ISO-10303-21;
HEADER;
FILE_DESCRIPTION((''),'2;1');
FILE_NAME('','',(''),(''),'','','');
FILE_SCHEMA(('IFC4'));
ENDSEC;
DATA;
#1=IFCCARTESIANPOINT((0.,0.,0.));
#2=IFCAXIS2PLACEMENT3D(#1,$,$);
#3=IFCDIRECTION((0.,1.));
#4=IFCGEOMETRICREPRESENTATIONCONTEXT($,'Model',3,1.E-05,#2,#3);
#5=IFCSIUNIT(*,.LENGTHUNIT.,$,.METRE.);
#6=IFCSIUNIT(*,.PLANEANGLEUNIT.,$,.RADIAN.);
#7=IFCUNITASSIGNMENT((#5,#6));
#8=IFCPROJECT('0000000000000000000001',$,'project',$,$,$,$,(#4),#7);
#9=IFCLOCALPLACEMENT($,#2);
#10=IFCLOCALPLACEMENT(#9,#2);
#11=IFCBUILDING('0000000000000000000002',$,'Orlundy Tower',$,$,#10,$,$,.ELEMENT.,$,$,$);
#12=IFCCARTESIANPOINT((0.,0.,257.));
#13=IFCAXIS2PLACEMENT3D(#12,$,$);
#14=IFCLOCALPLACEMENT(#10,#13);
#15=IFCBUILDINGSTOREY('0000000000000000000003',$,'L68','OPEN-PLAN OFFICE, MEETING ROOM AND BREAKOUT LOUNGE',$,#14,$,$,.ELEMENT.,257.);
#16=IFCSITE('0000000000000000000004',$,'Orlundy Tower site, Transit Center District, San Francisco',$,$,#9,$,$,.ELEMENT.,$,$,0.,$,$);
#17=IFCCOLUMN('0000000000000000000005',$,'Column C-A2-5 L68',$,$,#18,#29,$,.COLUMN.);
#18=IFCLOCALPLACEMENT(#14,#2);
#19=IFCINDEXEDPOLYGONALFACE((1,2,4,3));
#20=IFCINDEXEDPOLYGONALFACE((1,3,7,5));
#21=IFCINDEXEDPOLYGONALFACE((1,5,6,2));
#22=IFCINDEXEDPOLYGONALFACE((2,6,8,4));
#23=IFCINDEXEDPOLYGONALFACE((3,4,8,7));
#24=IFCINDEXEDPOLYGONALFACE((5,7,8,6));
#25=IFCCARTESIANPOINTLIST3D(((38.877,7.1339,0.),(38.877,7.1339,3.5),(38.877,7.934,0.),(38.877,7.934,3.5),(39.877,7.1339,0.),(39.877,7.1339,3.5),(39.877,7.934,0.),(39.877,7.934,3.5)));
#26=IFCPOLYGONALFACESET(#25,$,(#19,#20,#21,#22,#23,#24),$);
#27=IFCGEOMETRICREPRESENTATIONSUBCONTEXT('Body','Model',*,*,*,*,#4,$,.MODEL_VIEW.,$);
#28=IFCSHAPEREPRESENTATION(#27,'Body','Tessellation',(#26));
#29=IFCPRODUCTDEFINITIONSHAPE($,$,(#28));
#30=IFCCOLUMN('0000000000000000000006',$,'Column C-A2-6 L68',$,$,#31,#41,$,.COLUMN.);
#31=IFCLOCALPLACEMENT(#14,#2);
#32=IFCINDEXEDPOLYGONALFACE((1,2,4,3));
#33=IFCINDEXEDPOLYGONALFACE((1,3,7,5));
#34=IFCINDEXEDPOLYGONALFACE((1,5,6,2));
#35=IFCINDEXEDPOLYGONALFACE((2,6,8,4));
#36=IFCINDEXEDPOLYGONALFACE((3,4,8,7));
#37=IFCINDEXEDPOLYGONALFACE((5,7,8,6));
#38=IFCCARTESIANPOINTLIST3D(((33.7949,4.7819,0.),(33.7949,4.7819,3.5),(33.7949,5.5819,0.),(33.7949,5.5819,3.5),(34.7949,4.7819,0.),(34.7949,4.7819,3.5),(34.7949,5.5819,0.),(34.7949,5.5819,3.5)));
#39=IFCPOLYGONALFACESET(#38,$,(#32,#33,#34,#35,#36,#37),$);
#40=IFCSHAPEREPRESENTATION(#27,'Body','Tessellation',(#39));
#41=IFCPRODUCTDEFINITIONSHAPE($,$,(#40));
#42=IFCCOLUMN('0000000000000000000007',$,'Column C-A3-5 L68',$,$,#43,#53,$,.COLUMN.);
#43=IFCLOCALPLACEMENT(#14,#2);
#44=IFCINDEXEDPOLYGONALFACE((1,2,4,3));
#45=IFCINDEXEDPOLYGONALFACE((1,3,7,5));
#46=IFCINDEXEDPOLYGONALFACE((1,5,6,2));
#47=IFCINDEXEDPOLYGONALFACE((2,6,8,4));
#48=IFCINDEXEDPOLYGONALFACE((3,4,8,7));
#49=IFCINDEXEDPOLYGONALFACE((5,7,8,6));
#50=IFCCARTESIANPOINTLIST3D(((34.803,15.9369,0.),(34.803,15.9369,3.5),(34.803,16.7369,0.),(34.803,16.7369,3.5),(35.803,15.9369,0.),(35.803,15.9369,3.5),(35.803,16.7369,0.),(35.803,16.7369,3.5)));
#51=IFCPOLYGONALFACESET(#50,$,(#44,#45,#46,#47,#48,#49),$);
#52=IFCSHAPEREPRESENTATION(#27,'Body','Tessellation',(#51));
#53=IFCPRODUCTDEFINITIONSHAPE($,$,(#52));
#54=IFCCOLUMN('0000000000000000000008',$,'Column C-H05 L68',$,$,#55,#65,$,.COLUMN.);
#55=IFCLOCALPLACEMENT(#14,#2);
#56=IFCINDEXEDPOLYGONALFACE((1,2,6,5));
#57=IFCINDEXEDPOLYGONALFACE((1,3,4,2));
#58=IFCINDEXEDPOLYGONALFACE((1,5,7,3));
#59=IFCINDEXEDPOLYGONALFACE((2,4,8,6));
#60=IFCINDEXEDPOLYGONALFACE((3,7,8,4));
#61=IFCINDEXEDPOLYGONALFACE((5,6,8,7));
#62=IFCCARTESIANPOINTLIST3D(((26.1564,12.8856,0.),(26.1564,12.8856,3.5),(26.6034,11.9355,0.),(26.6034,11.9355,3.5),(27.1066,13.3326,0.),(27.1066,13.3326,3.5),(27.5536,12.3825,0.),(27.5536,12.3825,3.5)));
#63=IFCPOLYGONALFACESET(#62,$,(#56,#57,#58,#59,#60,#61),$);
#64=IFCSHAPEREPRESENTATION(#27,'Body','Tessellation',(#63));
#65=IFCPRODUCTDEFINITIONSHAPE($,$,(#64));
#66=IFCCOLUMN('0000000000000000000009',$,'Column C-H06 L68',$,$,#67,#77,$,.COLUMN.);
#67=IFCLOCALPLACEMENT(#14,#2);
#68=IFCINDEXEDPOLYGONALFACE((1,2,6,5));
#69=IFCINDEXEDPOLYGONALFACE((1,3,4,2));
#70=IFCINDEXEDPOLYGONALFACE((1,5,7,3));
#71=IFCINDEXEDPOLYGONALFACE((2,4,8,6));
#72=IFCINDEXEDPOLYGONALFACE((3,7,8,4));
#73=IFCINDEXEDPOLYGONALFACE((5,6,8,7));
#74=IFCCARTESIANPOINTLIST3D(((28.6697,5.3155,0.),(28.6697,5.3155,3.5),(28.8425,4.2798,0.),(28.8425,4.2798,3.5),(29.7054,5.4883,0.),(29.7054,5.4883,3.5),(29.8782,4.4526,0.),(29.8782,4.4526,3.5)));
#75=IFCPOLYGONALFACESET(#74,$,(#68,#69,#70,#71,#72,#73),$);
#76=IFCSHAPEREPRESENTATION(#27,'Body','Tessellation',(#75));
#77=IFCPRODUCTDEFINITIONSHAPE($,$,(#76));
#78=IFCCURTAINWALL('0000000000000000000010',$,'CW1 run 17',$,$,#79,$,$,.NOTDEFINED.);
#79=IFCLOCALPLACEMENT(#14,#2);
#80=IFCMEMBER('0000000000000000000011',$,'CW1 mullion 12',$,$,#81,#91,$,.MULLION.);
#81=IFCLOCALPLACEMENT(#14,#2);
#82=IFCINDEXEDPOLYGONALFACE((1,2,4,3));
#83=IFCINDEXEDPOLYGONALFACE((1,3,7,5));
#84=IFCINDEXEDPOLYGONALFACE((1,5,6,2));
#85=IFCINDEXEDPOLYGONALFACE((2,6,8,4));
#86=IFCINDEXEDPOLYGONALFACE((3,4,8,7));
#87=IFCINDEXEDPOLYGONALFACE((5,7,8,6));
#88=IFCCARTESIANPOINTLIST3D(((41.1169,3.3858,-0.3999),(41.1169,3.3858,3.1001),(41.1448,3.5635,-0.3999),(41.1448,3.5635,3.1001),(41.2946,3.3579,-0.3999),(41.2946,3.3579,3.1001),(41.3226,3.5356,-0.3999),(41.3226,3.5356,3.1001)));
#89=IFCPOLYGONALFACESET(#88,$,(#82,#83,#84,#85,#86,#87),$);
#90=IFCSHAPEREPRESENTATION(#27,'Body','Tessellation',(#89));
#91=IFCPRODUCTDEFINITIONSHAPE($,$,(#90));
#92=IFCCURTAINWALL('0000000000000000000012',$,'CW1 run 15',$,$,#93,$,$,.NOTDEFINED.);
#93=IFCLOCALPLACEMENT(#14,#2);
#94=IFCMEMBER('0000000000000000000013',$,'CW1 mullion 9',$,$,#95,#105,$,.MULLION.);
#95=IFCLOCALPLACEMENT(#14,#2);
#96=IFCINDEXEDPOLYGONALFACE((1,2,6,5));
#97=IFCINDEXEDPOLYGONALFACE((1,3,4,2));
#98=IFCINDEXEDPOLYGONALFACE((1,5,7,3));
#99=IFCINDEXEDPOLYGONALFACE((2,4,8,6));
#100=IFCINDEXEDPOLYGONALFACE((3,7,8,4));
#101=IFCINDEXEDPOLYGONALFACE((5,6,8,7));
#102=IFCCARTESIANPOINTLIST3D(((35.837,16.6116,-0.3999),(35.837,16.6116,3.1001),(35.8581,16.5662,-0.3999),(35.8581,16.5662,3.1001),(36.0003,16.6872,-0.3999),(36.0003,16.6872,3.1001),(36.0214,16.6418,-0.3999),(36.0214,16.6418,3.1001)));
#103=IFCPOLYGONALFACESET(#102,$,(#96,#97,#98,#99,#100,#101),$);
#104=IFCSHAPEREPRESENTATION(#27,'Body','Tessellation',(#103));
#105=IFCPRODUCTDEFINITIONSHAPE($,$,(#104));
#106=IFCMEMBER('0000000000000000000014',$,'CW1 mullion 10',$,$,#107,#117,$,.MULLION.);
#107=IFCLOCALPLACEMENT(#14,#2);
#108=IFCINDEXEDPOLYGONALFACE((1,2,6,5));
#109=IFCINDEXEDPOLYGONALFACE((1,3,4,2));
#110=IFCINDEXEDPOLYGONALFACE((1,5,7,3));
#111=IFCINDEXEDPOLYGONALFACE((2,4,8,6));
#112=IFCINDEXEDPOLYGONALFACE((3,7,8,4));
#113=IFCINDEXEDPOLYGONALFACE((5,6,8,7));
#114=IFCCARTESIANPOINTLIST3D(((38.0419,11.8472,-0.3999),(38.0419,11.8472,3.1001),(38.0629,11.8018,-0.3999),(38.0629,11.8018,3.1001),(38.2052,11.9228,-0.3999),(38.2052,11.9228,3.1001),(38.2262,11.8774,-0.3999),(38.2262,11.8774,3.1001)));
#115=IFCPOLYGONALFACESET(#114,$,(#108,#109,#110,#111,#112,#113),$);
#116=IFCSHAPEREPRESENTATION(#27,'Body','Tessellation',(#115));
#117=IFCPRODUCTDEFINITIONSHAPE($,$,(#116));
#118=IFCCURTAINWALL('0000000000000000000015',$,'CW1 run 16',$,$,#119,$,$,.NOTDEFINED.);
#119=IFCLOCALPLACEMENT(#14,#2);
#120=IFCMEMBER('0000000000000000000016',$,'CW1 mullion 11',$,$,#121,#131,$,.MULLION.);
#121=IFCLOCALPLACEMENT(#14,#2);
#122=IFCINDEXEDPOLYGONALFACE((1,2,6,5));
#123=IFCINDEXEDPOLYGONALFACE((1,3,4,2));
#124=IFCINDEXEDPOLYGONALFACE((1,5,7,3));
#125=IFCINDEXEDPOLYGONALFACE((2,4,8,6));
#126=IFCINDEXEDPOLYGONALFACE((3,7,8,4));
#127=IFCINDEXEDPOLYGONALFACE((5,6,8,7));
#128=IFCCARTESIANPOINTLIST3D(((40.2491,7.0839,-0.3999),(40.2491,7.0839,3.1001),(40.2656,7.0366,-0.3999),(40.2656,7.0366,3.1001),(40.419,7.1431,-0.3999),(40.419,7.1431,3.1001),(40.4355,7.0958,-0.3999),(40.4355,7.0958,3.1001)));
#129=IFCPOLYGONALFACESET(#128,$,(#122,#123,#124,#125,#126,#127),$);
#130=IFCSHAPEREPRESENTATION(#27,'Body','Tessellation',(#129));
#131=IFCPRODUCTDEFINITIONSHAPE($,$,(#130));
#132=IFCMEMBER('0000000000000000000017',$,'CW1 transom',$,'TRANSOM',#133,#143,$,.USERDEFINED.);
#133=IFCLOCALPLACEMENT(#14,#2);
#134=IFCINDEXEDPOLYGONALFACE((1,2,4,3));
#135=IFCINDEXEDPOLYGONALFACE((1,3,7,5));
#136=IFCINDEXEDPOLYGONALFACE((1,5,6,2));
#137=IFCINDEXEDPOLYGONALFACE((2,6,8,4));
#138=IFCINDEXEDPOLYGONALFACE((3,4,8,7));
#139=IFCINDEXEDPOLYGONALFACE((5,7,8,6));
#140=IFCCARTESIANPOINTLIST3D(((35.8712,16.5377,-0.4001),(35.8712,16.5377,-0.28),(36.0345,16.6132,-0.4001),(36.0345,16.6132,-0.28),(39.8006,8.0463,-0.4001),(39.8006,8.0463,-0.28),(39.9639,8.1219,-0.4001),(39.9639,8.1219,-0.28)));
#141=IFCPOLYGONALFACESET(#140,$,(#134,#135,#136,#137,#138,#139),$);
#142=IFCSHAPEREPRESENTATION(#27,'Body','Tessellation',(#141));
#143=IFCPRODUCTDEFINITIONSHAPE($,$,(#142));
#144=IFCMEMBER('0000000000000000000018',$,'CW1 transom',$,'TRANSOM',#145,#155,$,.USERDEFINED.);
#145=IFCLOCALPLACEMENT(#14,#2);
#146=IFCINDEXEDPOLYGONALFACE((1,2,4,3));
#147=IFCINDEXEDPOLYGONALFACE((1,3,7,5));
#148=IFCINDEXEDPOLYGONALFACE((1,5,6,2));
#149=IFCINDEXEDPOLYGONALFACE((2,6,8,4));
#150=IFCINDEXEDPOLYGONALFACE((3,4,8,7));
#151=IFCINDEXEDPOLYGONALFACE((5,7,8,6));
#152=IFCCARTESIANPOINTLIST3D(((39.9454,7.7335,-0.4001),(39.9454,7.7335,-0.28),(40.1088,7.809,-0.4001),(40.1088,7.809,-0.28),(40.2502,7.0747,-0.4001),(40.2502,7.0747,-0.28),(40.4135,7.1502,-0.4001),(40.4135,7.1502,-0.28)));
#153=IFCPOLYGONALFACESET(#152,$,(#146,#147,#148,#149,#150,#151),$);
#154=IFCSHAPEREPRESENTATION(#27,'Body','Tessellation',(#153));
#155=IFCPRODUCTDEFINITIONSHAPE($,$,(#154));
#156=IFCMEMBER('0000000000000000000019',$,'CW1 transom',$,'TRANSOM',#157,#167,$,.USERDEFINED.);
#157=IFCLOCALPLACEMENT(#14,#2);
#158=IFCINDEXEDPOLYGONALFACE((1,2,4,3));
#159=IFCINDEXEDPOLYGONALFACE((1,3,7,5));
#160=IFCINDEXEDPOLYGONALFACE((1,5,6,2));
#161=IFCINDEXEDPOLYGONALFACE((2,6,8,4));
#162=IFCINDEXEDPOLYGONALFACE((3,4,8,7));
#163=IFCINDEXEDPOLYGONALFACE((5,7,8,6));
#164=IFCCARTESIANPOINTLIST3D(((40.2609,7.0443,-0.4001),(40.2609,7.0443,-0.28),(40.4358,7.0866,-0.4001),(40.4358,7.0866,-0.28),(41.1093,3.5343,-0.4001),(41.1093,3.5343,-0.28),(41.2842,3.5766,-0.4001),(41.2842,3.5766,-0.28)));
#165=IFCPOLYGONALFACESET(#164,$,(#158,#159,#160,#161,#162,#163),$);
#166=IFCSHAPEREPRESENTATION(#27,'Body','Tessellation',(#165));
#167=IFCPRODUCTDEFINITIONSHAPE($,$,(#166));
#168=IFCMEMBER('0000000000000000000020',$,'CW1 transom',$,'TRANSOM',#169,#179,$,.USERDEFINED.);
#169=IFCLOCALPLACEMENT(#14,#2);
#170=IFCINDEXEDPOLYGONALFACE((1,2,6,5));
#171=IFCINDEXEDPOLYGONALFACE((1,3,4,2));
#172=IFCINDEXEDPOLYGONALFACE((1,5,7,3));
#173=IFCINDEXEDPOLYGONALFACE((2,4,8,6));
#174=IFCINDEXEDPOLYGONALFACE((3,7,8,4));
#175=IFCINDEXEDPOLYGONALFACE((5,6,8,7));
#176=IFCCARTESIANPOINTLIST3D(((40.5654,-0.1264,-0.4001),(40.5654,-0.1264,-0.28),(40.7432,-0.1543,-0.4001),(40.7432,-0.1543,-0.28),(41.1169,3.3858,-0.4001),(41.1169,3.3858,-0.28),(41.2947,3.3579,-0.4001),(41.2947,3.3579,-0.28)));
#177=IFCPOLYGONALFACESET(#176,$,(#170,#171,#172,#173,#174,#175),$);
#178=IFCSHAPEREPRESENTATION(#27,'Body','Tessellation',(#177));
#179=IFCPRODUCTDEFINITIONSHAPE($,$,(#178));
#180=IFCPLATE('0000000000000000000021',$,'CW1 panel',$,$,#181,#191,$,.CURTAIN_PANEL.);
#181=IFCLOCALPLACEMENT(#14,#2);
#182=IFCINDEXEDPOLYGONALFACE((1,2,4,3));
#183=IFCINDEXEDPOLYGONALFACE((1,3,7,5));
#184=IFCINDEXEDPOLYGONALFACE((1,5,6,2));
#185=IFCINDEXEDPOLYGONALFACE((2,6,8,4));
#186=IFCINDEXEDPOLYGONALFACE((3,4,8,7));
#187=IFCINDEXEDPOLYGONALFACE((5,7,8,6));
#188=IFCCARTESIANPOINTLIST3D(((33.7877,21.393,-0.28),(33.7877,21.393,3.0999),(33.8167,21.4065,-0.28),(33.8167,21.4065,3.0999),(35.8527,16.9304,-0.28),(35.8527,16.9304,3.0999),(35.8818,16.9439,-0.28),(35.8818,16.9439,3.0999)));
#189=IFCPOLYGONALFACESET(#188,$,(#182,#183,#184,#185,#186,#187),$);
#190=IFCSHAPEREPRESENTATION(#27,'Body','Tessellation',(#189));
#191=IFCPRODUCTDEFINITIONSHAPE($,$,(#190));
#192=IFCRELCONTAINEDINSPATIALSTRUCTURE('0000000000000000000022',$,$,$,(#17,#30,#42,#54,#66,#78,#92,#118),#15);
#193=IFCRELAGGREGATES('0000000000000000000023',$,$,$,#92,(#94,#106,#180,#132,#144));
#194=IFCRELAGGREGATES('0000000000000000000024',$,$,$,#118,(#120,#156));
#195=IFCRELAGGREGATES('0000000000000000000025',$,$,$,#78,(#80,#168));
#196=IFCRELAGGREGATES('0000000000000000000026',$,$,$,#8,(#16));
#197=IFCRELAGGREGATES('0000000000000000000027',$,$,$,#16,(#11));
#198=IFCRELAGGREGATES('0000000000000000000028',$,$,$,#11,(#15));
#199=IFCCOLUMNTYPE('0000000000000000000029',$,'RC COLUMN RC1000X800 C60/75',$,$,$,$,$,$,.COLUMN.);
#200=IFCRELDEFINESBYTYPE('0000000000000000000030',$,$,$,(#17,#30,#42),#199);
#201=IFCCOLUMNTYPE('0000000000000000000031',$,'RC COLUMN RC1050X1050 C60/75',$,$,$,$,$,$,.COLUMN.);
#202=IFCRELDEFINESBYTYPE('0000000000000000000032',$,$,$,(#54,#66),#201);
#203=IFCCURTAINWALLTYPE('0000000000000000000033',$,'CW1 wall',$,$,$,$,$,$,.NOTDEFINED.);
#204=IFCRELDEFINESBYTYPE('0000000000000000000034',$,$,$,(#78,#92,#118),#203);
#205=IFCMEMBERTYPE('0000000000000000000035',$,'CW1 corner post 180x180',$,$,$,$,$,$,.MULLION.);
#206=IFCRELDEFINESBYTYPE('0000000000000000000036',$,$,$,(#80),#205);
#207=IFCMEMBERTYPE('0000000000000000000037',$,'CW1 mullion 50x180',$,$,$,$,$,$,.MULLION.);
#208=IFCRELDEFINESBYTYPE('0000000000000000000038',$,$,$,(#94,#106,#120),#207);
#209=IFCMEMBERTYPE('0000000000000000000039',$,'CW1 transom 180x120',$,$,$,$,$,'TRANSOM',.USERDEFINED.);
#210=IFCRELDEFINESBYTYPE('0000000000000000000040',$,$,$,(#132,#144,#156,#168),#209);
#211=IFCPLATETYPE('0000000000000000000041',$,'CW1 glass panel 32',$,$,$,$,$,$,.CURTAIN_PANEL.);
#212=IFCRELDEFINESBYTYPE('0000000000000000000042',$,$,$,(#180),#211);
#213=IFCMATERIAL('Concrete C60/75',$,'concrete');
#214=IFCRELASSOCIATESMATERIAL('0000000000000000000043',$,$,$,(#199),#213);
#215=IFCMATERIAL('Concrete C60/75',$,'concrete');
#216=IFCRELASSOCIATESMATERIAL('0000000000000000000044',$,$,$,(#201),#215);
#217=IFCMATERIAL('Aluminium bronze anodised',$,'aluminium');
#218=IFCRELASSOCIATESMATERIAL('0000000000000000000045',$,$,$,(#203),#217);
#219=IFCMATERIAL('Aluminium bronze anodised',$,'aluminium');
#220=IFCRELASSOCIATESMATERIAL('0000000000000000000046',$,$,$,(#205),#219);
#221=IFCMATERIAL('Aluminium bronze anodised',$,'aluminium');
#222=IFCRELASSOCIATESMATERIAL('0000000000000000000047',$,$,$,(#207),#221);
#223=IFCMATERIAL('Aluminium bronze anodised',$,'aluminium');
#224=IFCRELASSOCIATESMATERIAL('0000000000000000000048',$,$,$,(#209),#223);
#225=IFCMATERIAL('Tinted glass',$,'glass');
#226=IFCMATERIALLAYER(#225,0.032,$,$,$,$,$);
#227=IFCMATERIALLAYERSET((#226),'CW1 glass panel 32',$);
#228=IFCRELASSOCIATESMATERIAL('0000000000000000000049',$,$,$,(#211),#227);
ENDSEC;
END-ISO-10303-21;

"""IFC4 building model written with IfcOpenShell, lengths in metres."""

from ifc_helpers import new_model, si_unit, direction, frame, origin, origin_2d, place, context, subcontext, project, spatial, rectangle, extrude, material, layer, layer_set, material_profile, profile_set, type_object, element, aggregate, save


model = new_model("IFC4")

# Units and contexts
model_context = context("Model", 3, precision=1e-05, world=origin(), true_north=direction((0.0, 1.0)))
body_context = subcontext(model_context, "Body", "Model", "MODEL_VIEW")
ifc_project = project(units=[si_unit("LENGTHUNIT", "METRE"), si_unit("PLANEANGLEUNIT", "RADIAN")], contexts=[model_context])

# Site, building, storey
site_placement = place(None, origin())
site = spatial("IfcSite", under=ifc_project, at=site_placement, Name="Orlundy Tower site, Transit Center District, San Francisco", CompositionType="ELEMENT", RefElevation=0.0)
building_placement = place(site_placement, origin())
building = spatial("IfcBuilding", under=site, at=building_placement, Name="Orlundy Tower", CompositionType="ELEMENT")
storey_placement = place(building_placement, frame((0.0, 0.0, 257.0)))
storey = spatial("IfcBuildingStorey", under=building, at=storey_placement, Name="L68", Description="OPEN-PLAN OFFICE, MEETING ROOM AND BREAKOUT LOUNGE", CompositionType="ELEMENT", Elevation=257.0)

# Columns
ifc_material_1 = material(Name="Concrete C60/75", Category="concrete")
ifc_material_profile_1 = material_profile(ifc_material_1, rectangle(XDim=1.0, YDim=0.8, at=origin_2d()), Name="RC1000X800")
ifc_profile_set_1 = profile_set([ifc_material_profile_1], Name="Concrete C60/75")
column_type_1 = type_object("IfcColumnType", Name="RC COLUMN RC1000X800 C60/75", PredefinedType="COLUMN", material=ifc_profile_set_1)
for number, where, z_axis, x_axis, name in (
    (1, (39.377, 7.5339, 0.0), (0.0, 0.0, 1.0), (1.0, 0.0, 0.0), "Column C-A2-5 L68"),
    (2, (34.2949, 5.1819, 0.0), (0.0, 0.0, 1.0), (1.0, 0.0, 0.0), "Column C-A2-6 L68"),
    (3, (35.303, 16.3369, 0.0), (0.0, 0.0, 1.0), (1.0, 0.0, 0.0), "Column C-A3-5 L68"),
):
    element("IfcColumn", number, at=place(storey_placement, frame(where, z_axis=z_axis, x_axis=x_axis)), inside=storey, type_object=column_type_1, Name=name, PredefinedType="COLUMN", context=body_context, shape_type="SweptSolid", body=[
        extrude(rectangle(XDim=1.0, YDim=0.8, at=origin_2d()), origin(), (0.0, 0.0, 1.0), 3.5),
    ])
ifc_material_2 = material(Name="Concrete C60/75", Category="concrete")
ifc_material_profile_2 = material_profile(ifc_material_2, rectangle(XDim=1.05, YDim=1.05, at=origin_2d()), Name="RC1050X1050")
ifc_profile_set_2 = profile_set([ifc_material_profile_2], Name="Concrete C60/75")
column_type_2 = type_object("IfcColumnType", Name="RC COLUMN RC1050X1050 C60/75", PredefinedType="COLUMN", material=ifc_profile_set_2)
for number, where, z_axis, x_axis, name in (
    (4, (26.855, 12.634, 0.0), (0.0, 0.0, 1.0), (0.904864, 0.4257, 0.0), "Column C-H05 L68"),
    (5, (29.2739, 4.884, 0.0), (0.0, 0.0, 1.0), (0.986366, 0.164566, 0.0), "Column C-H06 L68"),
):
    element("IfcColumn", number, at=place(storey_placement, frame(where, z_axis=z_axis, x_axis=x_axis)), inside=storey, type_object=column_type_2, Name=name, PredefinedType="COLUMN", context=body_context, shape_type="SweptSolid", body=[
        extrude(rectangle(XDim=1.05, YDim=1.05, at=origin_2d()), origin(), (0.0, 0.0, 1.0), 3.5),
    ])

# Curtain wall, member
ifc_material_3 = material(Name="Aluminium bronze anodised", Category="aluminium")
curtain_wall_type = type_object("IfcCurtainWallType", Name="CW1 wall", PredefinedType="NOTDEFINED", material=ifc_material_3)
curtain_wall_1_placement = place(storey_placement, origin())
curtain_wall_1 = element("IfcCurtainWall", 6, at=curtain_wall_1_placement, inside=storey, type_object=curtain_wall_type, Name="CW1 run 17", PredefinedType="NOTDEFINED")
ifc_material_4 = material(Name="Aluminium bronze anodised", Category="aluminium")
ifc_material_profile_3 = material_profile(ifc_material_4, rectangle(XDim=0.1799, YDim=0.1799, at=origin_2d()), Name="CW1 corner post 180x180")
ifc_profile_set_3 = profile_set([ifc_material_profile_3], Name="Aluminium bronze anodised")
member_type_1 = type_object("IfcMemberType", Name="CW1 corner post 180x180", PredefinedType="MULLION", material=ifc_profile_set_3)
member_1_placement = place(storey_placement, frame((41.2197, 3.4607, -0.3999), z_axis=(0.0, 0.0, 1.0), x_axis=(0.987896, -0.155117, 0.0)))
member_1 = element("IfcMember", 7, at=member_1_placement, type_object=member_type_1, Name="CW1 mullion 12", PredefinedType="MULLION", context=body_context, shape_type="SweptSolid", body=[
    extrude(rectangle(XDim=0.1799, YDim=0.1799, at=origin_2d()), origin(), (0.0, 0.0, 1.0), 3.5),
])

# Curtain wall, members
curtain_wall_2_placement = place(storey_placement, origin())
curtain_wall_2 = element("IfcCurtainWall", 8, at=curtain_wall_2_placement, inside=storey, type_object=curtain_wall_type, Name="CW1 run 15", PredefinedType="NOTDEFINED")
ifc_material_5 = material(Name="Aluminium bronze anodised", Category="aluminium")
ifc_material_profile_4 = material_profile(ifc_material_5, rectangle(XDim=0.1799, YDim=0.05, at=origin_2d()), Name="CW1 mullion 50x180")
ifc_profile_set_4 = profile_set([ifc_material_profile_4], Name="Aluminium bronze anodised")
member_type_2 = type_object("IfcMemberType", Name="CW1 mullion 50x180", PredefinedType="MULLION", material=ifc_profile_set_4)
member_2_placement = place(storey_placement, frame((35.9292, 16.6267, -0.3999), z_axis=(0.0, 0.0, 1.0), x_axis=(0.907542, 0.419961, 0.0)))
member_2 = element("IfcMember", 9, at=member_2_placement, type_object=member_type_2, Name="CW1 mullion 9", PredefinedType="MULLION", context=body_context, shape_type="SweptSolid", body=[
    extrude(rectangle(XDim=0.1799, YDim=0.05, at=origin_2d()), origin(), (0.0, 0.0, 1.0), 3.5),
])
member_3_placement = place(storey_placement, frame((38.134, 11.8623, -0.3999), z_axis=(0.0, 0.0, 1.0), x_axis=(0.907542, 0.419961, 0.0)))
member_3 = element("IfcMember", 10, at=member_3_placement, type_object=member_type_2, Name="CW1 mullion 10", PredefinedType="MULLION", context=body_context, shape_type="SweptSolid", body=[
    extrude(rectangle(XDim=0.1799, YDim=0.05, at=origin_2d()), origin(), (0.0, 0.0, 1.0), 3.5),
])

# Curtain wall, member
curtain_wall_3_placement = place(storey_placement, origin())
curtain_wall_3 = element("IfcCurtainWall", 11, at=curtain_wall_3_placement, inside=storey, type_object=curtain_wall_type, Name="CW1 run 16", PredefinedType="NOTDEFINED")
member_4_placement = place(storey_placement, frame((40.3423, 7.0898, -0.3999), z_axis=(0.0, 0.0, 1.0), x_axis=(0.944313, 0.32905, 0.0)))
member_4 = element("IfcMember", 12, at=member_4_placement, type_object=member_type_2, Name="CW1 mullion 11", PredefinedType="MULLION", context=body_context, shape_type="SweptSolid", body=[
    extrude(rectangle(XDim=0.1799, YDim=0.05, at=origin_2d()), origin(), (0.0, 0.0, 1.0), 3.5),
])

# Members
ifc_material_6 = material(Name="Aluminium bronze anodised", Category="aluminium")
ifc_material_profile_5 = material_profile(ifc_material_6, rectangle(XDim=0.1799, YDim=0.1201, at=origin_2d()), Name="CW1 transom 180x120")
ifc_profile_set_5 = profile_set([ifc_material_profile_5], Name="Aluminium bronze anodised")
member_type_3 = type_object("IfcMemberType", Name="CW1 transom 180x120", ElementType="TRANSOM", PredefinedType="USERDEFINED", material=ifc_profile_set_5)
member_5_placement = place(storey_placement, frame((35.9529, 16.5754, -0.3401), z_axis=(0.419966, -0.90754, 0.0), x_axis=(0.90754, 0.419966, 0.0)))
member_5 = element("IfcMember", 13, at=member_5_placement, type_object=member_type_3, Name="CW1 transom", ObjectType="TRANSOM", PredefinedType="USERDEFINED", context=body_context, shape_type="SweptSolid", body=[
    extrude(rectangle(XDim=0.1799, YDim=0.1201, at=origin_2d()), origin(), (0.0, 0.0, 1.0), 9.3564),
])
member_6_placement = place(storey_placement, frame((40.0271, 7.7712, -0.3401), z_axis=(0.419826, -0.907605, 0.0), x_axis=(0.907605, 0.419826, 0.0)))
member_6 = element("IfcMember", 14, at=member_6_placement, type_object=member_type_3, Name="CW1 transom", ObjectType="TRANSOM", PredefinedType="USERDEFINED", context=body_context, shape_type="SweptSolid", body=[
    extrude(rectangle(XDim=0.1799, YDim=0.1201, at=origin_2d()), origin(), (0.0, 0.0, 1.0), 0.7258),
])
member_7_placement = place(storey_placement, frame((40.3484, 7.0654, -0.3401), z_axis=(0.23494, -0.97201, 0.0), x_axis=(0.97201, 0.23494, 0.0)))
member_7 = element("IfcMember", 15, at=member_7_placement, type_object=member_type_3, Name="CW1 transom", ObjectType="TRANSOM", PredefinedType="USERDEFINED", context=body_context, shape_type="SweptSolid", body=[
    extrude(rectangle(XDim=0.1799, YDim=0.1201, at=origin_2d()), origin(), (0.0, 0.0, 1.0), 3.6111),
])
member_8_placement = place(storey_placement, frame((41.2058, 3.3718, -0.3401), z_axis=(-0.155127, -0.987895, 0.0), x_axis=(0.987895, -0.155127, 0.0)))
member_8 = element("IfcMember", 16, at=member_8_placement, type_object=member_type_3, Name="CW1 transom", ObjectType="TRANSOM", PredefinedType="USERDEFINED", context=body_context, shape_type="SweptSolid", body=[
    extrude(rectangle(XDim=0.1799, YDim=0.1201, at=origin_2d()), origin(), (0.0, 0.0, 1.0), 3.5552),
])

# Plate
ifc_material_7 = material(Name="Tinted glass", Category="glass")
ifc_layer_1 = layer(ifc_material_7, 0.032)
ifc_layer_set_1 = layer_set([ifc_layer_1], Name="CW1 glass panel 32")
plate_type = type_object("IfcPlateType", Name="CW1 glass panel 32", PredefinedType="CURTAIN_PANEL", material=ifc_layer_set_1)
plate_1_placement = place(storey_placement, frame((34.8347, 19.1685, -0.28), z_axis=(0.0, 0.0, 1.0), x_axis=(0.419961, -0.907542, 0.0)))
plate_1 = element("IfcPlate", 17, at=plate_1_placement, type_object=plate_type, Name="CW1 panel", PredefinedType="CURTAIN_PANEL", context=body_context, shape_type="SweptSolid", body=[
    extrude(rectangle(XDim=4.9172, YDim=0.032, at=origin_2d()), origin(), (0.0, 0.0, 1.0), 3.3799),
])
aggregate(curtain_wall_2, [member_2, member_3, plate_1, member_5, member_6])
aggregate(curtain_wall_3, [member_4, member_7])
aggregate(curtain_wall_1, [member_1, member_8])

save(model, "model.ifc")
